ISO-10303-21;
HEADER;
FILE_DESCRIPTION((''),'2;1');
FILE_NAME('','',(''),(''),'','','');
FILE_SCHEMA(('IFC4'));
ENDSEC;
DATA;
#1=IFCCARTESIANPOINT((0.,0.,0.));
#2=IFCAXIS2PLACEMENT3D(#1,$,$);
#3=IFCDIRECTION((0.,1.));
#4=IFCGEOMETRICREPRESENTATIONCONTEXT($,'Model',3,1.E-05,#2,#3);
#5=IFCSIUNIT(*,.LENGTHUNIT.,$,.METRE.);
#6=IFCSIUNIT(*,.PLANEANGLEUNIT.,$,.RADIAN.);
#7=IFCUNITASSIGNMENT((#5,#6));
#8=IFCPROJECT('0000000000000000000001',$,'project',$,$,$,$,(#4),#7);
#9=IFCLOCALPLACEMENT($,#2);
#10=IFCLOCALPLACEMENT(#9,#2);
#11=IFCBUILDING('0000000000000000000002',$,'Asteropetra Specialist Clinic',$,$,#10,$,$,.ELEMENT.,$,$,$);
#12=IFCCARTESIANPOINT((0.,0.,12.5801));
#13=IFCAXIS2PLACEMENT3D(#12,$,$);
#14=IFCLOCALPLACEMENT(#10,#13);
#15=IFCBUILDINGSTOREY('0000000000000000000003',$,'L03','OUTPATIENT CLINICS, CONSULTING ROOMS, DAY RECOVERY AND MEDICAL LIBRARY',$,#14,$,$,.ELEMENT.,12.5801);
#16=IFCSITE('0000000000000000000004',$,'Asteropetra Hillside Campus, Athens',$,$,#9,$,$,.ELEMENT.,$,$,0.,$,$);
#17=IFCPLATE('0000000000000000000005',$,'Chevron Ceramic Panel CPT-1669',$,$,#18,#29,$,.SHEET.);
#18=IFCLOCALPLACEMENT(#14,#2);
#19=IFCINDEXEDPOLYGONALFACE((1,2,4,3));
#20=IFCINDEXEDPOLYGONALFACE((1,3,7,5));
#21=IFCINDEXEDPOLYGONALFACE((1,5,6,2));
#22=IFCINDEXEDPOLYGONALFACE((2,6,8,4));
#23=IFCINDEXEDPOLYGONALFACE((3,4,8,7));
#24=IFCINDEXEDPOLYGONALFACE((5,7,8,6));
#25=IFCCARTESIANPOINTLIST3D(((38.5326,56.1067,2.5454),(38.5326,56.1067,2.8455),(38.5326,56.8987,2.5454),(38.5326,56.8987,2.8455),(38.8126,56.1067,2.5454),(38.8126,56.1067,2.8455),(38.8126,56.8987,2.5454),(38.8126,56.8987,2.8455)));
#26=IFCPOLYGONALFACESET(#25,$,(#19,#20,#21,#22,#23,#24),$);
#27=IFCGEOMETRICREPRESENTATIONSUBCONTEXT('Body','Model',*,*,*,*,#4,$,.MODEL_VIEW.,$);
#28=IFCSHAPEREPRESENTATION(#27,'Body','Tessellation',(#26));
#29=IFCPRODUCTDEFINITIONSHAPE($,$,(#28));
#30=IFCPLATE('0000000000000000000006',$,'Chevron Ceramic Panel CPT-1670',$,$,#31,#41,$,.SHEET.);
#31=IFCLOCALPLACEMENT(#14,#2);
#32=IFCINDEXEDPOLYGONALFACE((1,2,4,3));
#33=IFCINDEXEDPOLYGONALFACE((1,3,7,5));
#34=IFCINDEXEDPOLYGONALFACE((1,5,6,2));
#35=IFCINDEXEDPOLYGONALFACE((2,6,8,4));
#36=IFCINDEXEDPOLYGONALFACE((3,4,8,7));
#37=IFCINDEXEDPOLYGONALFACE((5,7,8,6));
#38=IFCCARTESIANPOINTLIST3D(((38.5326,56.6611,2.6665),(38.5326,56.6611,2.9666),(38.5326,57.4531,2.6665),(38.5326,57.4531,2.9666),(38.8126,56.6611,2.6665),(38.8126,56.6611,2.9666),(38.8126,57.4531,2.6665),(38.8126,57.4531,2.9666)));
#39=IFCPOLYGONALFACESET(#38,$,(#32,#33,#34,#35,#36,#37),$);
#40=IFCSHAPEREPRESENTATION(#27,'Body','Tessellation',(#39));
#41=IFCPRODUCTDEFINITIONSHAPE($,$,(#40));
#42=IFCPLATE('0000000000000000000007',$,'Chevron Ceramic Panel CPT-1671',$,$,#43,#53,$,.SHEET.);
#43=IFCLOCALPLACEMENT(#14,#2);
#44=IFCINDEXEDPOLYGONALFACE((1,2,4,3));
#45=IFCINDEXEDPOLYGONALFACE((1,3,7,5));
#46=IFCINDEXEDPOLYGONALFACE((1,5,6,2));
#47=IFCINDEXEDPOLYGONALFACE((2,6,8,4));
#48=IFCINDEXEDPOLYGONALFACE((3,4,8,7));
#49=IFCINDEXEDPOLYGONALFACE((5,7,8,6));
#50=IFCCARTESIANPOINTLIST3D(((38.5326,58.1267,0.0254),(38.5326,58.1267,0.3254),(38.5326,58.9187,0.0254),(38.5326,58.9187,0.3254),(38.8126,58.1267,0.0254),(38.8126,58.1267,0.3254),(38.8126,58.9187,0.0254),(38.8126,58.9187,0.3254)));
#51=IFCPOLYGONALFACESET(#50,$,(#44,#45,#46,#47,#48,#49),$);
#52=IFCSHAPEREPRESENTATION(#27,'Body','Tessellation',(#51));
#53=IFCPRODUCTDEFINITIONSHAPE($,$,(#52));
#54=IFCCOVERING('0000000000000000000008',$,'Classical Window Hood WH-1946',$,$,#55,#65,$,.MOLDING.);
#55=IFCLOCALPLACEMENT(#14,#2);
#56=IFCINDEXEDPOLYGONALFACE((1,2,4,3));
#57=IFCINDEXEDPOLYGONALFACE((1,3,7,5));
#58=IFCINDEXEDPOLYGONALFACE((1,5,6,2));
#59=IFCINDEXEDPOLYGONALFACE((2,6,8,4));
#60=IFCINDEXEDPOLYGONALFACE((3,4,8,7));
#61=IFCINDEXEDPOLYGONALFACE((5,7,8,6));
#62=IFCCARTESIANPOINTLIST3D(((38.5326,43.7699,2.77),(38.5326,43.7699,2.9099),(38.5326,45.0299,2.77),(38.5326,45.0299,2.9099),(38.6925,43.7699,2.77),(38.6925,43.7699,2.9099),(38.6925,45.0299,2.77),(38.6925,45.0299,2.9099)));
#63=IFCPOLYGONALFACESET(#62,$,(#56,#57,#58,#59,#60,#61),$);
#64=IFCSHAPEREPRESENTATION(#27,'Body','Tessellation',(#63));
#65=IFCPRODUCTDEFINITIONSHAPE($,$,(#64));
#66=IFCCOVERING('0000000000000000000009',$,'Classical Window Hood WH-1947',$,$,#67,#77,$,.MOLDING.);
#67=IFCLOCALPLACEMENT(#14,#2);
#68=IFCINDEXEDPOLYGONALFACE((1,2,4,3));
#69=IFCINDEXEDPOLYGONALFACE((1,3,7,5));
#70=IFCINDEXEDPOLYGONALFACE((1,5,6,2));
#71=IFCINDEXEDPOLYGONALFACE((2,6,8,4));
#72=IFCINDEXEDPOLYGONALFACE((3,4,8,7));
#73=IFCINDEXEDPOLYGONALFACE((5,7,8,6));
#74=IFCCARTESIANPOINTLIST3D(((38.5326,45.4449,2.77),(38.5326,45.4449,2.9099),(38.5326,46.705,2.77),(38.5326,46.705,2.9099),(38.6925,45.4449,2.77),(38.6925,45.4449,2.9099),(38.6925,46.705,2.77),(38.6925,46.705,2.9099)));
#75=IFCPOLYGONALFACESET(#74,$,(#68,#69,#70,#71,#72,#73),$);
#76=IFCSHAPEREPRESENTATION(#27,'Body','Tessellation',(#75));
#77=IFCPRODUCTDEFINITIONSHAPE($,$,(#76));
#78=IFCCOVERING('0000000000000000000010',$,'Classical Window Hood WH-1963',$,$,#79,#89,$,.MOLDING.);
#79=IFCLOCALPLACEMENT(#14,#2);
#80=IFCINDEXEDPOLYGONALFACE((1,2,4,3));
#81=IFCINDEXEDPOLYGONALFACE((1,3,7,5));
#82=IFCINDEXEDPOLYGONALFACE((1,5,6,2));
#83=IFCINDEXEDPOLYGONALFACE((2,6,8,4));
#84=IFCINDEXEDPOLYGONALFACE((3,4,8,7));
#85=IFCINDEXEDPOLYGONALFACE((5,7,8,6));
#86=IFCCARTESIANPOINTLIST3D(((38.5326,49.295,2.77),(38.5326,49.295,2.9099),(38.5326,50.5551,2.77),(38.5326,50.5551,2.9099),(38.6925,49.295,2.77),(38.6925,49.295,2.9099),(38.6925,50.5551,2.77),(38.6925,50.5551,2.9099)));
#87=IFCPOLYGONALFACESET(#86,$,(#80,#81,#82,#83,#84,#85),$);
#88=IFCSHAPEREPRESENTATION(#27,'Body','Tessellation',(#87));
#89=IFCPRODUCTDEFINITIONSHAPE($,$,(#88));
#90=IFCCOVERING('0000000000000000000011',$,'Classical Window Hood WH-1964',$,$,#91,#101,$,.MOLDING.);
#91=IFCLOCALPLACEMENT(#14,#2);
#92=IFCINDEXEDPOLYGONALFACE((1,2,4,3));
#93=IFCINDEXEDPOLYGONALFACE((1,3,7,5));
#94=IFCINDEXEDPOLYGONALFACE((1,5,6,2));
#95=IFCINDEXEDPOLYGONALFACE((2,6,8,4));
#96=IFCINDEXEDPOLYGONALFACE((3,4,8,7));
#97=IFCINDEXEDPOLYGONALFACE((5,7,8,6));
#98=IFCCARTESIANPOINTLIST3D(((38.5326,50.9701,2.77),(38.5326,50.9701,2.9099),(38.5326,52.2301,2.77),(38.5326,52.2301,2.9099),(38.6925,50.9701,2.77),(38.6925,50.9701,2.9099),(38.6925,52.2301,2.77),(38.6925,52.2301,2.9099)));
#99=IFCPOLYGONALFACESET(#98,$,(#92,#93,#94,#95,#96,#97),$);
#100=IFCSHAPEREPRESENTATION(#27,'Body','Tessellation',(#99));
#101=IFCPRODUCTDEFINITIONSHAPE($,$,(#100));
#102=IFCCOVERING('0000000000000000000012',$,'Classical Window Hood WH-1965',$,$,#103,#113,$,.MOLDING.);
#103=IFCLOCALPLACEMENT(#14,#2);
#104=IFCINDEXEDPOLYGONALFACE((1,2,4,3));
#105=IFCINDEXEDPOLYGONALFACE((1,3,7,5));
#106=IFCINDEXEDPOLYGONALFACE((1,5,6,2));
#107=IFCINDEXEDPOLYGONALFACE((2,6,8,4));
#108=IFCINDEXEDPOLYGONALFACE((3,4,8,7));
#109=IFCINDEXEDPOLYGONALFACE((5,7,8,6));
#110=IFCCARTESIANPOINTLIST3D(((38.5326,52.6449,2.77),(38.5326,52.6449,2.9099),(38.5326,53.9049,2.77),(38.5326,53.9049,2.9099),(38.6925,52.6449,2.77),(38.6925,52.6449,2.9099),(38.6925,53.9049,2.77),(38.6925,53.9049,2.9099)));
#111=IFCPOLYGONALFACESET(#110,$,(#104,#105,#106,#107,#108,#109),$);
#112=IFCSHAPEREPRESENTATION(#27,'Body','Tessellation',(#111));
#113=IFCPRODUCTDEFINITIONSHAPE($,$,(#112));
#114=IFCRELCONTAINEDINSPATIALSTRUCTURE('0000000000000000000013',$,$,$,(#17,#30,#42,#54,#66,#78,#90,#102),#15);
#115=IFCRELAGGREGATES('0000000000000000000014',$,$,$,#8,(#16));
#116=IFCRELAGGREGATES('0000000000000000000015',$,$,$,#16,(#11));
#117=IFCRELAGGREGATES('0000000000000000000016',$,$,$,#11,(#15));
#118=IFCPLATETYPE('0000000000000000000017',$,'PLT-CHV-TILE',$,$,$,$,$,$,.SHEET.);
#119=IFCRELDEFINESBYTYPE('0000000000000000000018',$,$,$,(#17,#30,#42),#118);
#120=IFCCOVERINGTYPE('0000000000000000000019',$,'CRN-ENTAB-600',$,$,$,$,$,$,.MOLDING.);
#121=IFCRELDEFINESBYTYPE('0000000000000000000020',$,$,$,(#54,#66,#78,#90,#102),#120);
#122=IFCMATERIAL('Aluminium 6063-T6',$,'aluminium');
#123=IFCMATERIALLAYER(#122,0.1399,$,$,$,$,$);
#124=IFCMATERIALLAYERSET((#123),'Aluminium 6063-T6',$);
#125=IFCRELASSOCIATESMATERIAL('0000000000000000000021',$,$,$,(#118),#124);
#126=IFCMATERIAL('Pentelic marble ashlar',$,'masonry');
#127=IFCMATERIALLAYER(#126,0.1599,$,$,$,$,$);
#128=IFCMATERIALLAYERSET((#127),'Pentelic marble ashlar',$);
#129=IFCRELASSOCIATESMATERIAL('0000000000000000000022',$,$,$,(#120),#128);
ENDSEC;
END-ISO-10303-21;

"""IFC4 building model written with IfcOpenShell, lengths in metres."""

from ifc_helpers import new_model, si_unit, direction, frame, origin, origin_2d, place, context, subcontext, project, spatial, rectangle, extrude, material, layer, layer_set, type_object, element, save


model = new_model("IFC4")

# Units and contexts
model_context = context("Model", 3, precision=1e-05, world=origin(), true_north=direction((0.0, 1.0)))
body_context = subcontext(model_context, "Body", "Model", "MODEL_VIEW")
ifc_project = project(units=[si_unit("LENGTHUNIT", "METRE"), si_unit("PLANEANGLEUNIT", "RADIAN")], contexts=[model_context])

# Site, building, storey
site_placement = place(None, origin())
site = spatial("IfcSite", under=ifc_project, at=site_placement, Name="Asteropetra Hillside Campus, Athens", CompositionType="ELEMENT", RefElevation=0.0)
building_placement = place(site_placement, origin())
building = spatial("IfcBuilding", under=site, at=building_placement, Name="Asteropetra Specialist Clinic", CompositionType="ELEMENT")
storey_placement = place(building_placement, frame((0.0, 0.0, 12.5801)))
storey = spatial("IfcBuildingStorey", under=building, at=storey_placement, Name="L03", Description="OUTPATIENT CLINICS, CONSULTING ROOMS, DAY RECOVERY AND MEDICAL LIBRARY", CompositionType="ELEMENT", Elevation=12.5801)

# Plates
ifc_material_1 = material(Name="Aluminium 6063-T6", Category="aluminium")
ifc_layer_1 = layer(ifc_material_1, 0.1399)
ifc_layer_set_1 = layer_set([ifc_layer_1], Name="Aluminium 6063-T6")
plate_type = type_object("IfcPlateType", Name="PLT-CHV-TILE", PredefinedType="SHEET", material=ifc_layer_set_1)
for number, where, z_axis, x_axis, name in (
    (1, (38.6726, 56.5027, 2.5454), (0.0, 0.0, 1.0), (1.0, 0.0, 0.0), "Chevron Ceramic Panel CPT-1669"),
    (2, (38.6726, 57.0571, 2.6665), (0.0, 0.0, 1.0), (1.0, 0.0, 0.0), "Chevron Ceramic Panel CPT-1670"),
    (3, (38.6726, 58.5227, 0.0254), (0.0, 0.0, 1.0), (1.0, 0.0, 0.0), "Chevron Ceramic Panel CPT-1671"),
):
    element("IfcPlate", number, at=place(storey_placement, frame(where, z_axis=z_axis, x_axis=x_axis)), inside=storey, type_object=plate_type, Name=name, PredefinedType="SHEET", context=body_context, shape_type="SweptSolid", body=[
        extrude(rectangle(XDim=0.28, YDim=0.792, at=origin_2d()), origin(), (0.0, 0.0, 1.0), 0.3),
    ])

# Coverings
ifc_material_2 = material(Name="Pentelic marble ashlar", Category="masonry")
ifc_layer_2 = layer(ifc_material_2, 0.1599)
ifc_layer_set_2 = layer_set([ifc_layer_2], Name="Pentelic marble ashlar")
covering_type = type_object("IfcCoveringType", Name="CRN-ENTAB-600", PredefinedType="MOLDING", material=ifc_layer_set_2)
for number, where, z_axis, x_axis, name in (
    (4, (38.6125, 44.3999, 2.77), (0.0, 0.0, 1.0), (1.0, 0.0, 0.0), "Classical Window Hood WH-1946"),
    (5, (38.6125, 46.075, 2.77), (0.0, 0.0, 1.0), (1.0, 0.0, 0.0), "Classical Window Hood WH-1947"),
    (6, (38.6125, 49.925, 2.77), (0.0, 0.0, 1.0), (1.0, 0.0, 0.0), "Classical Window Hood WH-1963"),
    (7, (38.6125, 51.6001, 2.77), (0.0, 0.0, 1.0), (1.0, 0.0, 0.0), "Classical Window Hood WH-1964"),
    (8, (38.6125, 53.2749, 2.77), (0.0, 0.0, 1.0), (1.0, 0.0, 0.0), "Classical Window Hood WH-1965"),
):
    element("IfcCovering", number, at=place(storey_placement, frame(where, z_axis=z_axis, x_axis=x_axis)), inside=storey, type_object=covering_type, Name=name, PredefinedType="MOLDING", context=body_context, shape_type="SweptSolid", body=[
        extrude(rectangle(XDim=0.1599, YDim=1.26, at=origin_2d()), origin(), (0.0, 0.0, 1.0), 0.1399),
    ])

save(model, "model.ifc")
